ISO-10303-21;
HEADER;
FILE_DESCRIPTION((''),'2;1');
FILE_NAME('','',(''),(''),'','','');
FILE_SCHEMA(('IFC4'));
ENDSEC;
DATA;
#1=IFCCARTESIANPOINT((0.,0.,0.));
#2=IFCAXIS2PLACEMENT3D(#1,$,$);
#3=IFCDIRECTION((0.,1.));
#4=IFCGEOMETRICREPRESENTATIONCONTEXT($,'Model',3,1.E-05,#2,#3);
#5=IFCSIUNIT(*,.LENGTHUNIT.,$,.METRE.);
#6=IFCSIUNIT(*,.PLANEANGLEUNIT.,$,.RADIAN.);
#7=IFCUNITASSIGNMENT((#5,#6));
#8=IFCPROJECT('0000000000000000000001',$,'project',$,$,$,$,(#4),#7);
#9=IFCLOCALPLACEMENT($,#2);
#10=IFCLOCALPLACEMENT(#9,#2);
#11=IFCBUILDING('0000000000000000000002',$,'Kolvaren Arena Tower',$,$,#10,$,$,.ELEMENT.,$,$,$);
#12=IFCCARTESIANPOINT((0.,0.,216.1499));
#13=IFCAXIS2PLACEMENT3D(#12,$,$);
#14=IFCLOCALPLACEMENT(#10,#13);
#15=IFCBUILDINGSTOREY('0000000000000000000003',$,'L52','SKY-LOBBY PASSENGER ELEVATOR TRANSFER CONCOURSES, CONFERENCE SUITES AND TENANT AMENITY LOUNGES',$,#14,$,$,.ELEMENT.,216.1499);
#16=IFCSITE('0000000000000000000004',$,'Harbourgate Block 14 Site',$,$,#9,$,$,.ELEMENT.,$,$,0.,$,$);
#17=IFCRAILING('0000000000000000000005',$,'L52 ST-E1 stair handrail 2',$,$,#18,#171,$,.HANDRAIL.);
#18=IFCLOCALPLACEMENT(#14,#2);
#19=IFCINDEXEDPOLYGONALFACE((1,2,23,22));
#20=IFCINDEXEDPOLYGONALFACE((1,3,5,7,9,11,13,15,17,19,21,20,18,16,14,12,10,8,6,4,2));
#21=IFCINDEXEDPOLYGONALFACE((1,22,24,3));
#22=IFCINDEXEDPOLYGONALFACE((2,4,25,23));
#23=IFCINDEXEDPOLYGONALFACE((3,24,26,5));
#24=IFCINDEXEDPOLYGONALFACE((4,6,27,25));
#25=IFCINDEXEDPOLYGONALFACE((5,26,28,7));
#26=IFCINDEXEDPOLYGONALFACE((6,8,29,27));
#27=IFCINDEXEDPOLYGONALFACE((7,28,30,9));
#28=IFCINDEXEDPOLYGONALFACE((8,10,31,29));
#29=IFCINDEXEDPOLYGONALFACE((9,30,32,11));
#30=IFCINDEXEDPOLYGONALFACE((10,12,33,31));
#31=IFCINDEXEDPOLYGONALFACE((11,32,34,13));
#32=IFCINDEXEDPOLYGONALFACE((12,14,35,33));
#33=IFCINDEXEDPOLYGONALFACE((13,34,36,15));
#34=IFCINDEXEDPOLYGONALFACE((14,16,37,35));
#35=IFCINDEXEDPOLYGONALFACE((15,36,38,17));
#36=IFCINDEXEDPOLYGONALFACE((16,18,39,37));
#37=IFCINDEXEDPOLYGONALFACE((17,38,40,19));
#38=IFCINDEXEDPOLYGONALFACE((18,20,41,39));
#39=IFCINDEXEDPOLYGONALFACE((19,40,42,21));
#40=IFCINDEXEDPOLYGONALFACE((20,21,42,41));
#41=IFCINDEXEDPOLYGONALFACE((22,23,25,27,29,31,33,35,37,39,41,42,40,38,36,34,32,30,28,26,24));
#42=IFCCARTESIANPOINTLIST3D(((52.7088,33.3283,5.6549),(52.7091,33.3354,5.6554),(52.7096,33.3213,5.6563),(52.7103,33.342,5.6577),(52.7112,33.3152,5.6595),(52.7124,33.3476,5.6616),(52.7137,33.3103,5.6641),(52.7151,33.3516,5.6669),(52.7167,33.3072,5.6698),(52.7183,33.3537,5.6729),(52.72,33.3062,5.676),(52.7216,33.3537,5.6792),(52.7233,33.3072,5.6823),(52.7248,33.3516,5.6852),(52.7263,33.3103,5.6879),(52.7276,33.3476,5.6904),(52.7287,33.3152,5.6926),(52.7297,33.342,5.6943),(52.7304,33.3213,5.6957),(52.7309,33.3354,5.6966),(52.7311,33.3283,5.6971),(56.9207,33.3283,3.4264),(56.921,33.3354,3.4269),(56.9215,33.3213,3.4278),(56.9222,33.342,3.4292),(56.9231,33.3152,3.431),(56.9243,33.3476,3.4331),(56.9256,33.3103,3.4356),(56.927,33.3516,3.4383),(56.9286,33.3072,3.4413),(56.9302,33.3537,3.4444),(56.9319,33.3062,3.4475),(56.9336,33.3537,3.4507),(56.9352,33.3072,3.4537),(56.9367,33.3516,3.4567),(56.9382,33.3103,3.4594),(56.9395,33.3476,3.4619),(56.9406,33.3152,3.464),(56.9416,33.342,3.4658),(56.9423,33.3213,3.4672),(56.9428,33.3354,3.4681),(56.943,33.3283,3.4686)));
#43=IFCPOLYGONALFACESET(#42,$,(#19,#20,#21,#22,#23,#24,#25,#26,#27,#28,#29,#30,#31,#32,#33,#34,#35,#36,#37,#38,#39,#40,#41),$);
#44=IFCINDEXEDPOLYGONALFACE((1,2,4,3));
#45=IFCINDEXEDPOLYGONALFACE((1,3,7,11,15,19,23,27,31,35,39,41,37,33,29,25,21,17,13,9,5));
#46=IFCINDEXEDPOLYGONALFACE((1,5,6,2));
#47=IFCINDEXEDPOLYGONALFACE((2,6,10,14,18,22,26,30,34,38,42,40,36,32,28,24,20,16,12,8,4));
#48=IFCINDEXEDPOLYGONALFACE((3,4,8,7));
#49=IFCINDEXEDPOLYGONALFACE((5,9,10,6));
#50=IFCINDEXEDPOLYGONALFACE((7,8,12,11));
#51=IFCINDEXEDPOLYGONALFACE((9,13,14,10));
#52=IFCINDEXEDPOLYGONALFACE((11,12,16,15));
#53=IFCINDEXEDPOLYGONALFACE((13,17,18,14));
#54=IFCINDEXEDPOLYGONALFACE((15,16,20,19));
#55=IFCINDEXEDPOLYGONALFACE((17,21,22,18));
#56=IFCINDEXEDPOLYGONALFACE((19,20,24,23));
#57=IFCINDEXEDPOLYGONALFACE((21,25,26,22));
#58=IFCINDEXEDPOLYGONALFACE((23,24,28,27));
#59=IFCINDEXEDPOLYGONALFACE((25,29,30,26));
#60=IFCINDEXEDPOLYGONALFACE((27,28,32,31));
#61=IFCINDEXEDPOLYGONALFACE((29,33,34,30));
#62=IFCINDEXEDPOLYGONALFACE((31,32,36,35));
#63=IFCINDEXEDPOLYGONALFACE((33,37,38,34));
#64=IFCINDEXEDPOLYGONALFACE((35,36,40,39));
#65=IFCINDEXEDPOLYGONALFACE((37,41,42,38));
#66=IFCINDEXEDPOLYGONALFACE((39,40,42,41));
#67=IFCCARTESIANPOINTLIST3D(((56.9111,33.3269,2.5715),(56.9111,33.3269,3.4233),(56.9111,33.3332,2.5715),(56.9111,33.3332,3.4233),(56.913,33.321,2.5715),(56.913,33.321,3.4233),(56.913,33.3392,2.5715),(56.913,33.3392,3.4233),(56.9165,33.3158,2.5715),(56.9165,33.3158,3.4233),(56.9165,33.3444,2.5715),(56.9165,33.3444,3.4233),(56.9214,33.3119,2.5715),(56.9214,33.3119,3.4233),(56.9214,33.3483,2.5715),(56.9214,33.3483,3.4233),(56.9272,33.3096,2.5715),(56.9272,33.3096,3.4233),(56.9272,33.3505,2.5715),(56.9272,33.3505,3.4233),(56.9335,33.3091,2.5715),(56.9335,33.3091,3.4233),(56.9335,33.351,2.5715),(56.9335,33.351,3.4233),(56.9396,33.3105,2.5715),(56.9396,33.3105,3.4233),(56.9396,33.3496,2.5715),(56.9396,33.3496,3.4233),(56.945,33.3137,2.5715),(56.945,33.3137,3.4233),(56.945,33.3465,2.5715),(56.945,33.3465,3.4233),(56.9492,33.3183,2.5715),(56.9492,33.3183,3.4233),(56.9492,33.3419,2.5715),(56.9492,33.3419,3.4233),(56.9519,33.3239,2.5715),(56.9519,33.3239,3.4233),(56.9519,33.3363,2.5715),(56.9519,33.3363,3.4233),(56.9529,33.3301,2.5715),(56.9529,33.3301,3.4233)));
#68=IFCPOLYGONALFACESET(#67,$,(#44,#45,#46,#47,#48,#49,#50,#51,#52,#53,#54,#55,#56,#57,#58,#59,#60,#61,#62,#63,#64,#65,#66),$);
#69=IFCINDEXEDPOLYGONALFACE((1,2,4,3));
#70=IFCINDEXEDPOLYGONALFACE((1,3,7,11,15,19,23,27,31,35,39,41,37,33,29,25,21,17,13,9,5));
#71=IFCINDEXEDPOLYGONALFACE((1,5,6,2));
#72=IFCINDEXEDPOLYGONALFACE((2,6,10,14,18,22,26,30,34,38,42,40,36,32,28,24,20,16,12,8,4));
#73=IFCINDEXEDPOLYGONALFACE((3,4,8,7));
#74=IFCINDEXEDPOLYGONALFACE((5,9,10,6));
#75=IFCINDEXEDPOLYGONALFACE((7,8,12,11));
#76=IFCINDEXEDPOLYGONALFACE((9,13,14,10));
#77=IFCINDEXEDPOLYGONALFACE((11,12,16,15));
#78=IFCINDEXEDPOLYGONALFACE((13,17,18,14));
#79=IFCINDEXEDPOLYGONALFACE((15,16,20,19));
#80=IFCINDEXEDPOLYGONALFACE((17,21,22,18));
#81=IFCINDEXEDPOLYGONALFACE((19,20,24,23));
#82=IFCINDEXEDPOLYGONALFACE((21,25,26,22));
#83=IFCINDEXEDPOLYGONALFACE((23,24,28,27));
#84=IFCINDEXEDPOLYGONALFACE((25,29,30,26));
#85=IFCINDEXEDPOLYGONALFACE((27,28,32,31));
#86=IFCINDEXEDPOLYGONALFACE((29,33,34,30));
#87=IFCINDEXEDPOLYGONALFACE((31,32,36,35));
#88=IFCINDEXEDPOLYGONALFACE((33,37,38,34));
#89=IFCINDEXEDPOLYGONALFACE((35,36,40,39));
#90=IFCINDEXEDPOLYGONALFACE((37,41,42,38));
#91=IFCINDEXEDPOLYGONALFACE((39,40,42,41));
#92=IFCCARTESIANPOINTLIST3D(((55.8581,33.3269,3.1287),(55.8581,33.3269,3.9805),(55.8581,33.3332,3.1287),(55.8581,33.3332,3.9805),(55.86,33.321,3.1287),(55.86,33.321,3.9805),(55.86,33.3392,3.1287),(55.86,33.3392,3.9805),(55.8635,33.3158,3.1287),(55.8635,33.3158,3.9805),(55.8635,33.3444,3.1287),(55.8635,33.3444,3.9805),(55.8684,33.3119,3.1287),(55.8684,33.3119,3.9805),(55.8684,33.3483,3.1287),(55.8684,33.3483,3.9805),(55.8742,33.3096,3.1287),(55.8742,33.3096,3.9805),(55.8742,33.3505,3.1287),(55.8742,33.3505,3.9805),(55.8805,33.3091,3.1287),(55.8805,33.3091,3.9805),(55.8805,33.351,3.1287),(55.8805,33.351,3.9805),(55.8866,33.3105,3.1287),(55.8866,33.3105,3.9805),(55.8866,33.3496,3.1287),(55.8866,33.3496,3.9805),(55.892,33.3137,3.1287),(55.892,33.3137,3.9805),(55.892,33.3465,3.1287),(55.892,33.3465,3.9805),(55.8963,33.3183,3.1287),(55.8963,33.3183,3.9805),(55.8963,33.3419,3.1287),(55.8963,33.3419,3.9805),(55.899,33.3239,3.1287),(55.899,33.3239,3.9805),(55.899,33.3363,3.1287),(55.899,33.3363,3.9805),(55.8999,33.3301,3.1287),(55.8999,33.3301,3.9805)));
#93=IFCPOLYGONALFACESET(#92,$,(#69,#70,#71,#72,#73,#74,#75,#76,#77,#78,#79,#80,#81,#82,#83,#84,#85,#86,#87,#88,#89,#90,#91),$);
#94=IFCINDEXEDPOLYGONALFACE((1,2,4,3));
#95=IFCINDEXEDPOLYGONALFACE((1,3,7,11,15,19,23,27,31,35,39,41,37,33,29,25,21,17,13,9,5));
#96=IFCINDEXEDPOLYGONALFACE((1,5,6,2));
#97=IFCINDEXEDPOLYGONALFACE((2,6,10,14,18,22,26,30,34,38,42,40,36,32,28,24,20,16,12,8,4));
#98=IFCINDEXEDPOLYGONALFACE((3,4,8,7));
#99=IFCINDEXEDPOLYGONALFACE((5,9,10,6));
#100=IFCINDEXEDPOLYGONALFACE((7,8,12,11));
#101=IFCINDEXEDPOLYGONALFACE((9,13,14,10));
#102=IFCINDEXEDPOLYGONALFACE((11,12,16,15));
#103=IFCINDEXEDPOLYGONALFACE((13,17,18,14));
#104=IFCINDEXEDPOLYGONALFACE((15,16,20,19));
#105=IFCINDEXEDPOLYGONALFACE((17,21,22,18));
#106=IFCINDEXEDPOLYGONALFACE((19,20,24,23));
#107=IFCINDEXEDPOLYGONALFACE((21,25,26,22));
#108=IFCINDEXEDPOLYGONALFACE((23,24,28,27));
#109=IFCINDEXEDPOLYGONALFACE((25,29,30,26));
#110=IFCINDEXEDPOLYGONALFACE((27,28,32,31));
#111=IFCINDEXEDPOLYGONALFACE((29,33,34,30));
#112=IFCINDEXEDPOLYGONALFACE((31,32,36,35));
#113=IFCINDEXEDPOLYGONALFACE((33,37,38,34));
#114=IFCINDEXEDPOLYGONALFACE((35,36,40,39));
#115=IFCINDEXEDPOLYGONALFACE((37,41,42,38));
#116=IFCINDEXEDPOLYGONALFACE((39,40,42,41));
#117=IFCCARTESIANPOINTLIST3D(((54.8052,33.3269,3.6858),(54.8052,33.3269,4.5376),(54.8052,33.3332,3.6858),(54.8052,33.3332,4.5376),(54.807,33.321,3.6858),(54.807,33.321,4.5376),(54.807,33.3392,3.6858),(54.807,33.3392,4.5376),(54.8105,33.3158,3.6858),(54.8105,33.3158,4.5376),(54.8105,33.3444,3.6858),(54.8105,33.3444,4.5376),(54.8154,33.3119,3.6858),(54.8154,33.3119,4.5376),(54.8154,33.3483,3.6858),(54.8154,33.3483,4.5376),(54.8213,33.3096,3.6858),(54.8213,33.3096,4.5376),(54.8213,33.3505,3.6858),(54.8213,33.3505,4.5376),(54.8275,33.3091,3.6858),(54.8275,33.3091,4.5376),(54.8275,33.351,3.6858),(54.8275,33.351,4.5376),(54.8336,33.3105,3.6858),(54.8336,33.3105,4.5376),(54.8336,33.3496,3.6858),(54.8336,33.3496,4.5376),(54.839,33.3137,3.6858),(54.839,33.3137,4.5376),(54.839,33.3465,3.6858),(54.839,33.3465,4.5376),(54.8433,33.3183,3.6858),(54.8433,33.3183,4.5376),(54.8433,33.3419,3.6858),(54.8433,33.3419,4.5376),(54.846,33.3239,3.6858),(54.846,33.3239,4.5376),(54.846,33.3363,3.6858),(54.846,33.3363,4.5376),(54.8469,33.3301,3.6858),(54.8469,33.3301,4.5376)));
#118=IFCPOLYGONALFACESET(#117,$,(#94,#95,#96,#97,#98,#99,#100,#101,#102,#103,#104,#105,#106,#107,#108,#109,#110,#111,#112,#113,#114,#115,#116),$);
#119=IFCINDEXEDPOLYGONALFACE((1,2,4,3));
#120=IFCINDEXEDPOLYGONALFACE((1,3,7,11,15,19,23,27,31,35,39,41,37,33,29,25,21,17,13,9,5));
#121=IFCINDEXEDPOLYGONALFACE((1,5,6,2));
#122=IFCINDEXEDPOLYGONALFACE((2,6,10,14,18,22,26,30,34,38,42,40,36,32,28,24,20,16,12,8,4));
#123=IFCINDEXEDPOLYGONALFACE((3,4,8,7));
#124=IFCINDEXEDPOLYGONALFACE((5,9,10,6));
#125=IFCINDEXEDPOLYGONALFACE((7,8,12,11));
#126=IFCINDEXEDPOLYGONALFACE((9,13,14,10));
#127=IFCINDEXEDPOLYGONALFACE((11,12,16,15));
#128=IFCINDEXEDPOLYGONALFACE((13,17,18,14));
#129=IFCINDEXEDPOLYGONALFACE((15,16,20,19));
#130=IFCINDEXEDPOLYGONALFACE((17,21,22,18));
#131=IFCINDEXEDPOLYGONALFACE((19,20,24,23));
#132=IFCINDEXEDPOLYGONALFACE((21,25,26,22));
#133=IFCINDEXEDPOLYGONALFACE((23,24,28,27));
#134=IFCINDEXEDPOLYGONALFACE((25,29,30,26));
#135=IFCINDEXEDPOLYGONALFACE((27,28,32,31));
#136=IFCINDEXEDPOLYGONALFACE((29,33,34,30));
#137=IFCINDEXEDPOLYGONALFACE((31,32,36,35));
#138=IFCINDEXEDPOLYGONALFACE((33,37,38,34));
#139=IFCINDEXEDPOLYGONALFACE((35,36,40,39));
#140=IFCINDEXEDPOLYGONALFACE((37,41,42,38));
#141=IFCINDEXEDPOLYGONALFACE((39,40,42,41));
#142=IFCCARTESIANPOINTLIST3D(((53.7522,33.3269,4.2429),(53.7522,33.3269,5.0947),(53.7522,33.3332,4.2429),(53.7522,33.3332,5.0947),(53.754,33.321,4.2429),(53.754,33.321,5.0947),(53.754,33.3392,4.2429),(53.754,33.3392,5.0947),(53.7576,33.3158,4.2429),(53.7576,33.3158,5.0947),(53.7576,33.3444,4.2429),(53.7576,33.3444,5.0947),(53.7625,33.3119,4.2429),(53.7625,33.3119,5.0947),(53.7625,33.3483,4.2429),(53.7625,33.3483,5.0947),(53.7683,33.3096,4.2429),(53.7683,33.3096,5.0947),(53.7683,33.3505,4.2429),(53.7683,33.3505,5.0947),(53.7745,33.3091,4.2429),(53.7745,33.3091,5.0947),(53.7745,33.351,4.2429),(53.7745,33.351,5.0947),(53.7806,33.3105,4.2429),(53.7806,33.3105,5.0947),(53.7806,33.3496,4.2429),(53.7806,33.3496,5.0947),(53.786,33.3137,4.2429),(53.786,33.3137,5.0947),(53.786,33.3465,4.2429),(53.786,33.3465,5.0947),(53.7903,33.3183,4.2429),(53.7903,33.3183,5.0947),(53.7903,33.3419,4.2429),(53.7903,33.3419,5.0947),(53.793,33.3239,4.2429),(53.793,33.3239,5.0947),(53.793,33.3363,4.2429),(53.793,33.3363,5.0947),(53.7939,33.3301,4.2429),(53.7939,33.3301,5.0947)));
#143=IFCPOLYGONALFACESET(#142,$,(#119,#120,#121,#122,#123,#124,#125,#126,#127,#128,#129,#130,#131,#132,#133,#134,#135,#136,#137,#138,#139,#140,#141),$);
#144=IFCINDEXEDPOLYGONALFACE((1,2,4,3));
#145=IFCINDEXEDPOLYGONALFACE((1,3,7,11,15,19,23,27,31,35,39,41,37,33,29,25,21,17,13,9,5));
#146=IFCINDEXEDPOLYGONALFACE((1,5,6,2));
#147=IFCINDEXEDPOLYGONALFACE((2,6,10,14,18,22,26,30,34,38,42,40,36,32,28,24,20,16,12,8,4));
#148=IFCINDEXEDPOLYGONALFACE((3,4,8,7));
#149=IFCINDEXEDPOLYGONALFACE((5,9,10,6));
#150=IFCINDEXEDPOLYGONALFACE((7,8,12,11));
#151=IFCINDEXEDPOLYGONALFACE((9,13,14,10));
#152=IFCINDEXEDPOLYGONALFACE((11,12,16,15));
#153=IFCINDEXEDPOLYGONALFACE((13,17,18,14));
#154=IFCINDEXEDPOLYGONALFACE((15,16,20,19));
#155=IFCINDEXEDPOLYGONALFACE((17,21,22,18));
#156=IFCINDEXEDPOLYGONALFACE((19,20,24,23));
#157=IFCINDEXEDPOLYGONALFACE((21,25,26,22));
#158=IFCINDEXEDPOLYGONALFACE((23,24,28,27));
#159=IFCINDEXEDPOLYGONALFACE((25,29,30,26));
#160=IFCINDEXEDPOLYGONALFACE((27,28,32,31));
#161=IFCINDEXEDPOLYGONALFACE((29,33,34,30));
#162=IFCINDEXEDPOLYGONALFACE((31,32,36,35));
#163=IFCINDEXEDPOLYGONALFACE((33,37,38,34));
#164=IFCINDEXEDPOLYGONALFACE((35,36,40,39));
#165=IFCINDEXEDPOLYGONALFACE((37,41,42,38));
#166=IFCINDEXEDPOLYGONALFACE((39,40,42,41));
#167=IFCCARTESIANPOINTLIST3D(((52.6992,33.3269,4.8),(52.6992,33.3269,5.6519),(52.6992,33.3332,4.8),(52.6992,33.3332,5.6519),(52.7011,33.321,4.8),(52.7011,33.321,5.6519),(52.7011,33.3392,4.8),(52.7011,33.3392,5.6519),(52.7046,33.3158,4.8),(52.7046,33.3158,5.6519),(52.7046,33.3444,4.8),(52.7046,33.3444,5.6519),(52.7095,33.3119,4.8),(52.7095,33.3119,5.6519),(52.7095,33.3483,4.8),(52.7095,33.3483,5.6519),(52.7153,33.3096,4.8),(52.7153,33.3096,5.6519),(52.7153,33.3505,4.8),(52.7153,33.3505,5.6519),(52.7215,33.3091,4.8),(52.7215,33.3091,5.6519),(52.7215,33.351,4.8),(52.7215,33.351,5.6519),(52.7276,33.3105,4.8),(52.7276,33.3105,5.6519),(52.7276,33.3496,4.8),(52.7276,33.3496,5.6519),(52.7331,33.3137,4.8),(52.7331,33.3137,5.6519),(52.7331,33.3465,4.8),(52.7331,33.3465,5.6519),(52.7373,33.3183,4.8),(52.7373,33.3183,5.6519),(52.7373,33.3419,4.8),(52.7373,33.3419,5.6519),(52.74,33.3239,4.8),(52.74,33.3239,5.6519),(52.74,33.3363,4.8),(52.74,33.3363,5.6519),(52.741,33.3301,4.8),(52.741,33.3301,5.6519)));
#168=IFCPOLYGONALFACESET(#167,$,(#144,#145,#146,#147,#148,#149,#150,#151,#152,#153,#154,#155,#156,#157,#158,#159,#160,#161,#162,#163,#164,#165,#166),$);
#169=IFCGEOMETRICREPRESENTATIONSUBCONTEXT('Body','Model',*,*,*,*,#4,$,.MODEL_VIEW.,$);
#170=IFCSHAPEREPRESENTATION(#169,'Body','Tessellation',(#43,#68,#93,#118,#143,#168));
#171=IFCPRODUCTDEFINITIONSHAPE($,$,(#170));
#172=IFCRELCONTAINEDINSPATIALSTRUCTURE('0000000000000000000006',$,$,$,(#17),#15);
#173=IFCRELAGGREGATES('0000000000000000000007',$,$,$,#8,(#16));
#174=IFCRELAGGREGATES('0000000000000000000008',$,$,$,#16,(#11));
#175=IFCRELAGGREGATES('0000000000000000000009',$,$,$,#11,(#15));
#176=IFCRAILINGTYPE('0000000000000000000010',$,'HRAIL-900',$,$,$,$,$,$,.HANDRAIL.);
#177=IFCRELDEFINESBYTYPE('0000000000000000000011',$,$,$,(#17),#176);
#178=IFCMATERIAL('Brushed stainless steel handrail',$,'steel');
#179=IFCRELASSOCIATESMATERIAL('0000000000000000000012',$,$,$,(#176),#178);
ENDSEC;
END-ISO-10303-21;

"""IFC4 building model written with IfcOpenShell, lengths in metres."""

from ifc_helpers import new_model, si_unit, direction, frame, origin, origin_2d, place, context, subcontext, project, spatial, circle, extrude, material, type_object, element, save


model = new_model("IFC4")

# Units and contexts
model_context = context("Model", 3, precision=1e-05, world=origin(), true_north=direction((0.0, 1.0)))
body_context = subcontext(model_context, "Body", "Model", "MODEL_VIEW")
ifc_project = project(units=[si_unit("LENGTHUNIT", "METRE"), si_unit("PLANEANGLEUNIT", "RADIAN")], contexts=[model_context])

# Site, building, storey
site_placement = place(None, origin())
site = spatial("IfcSite", under=ifc_project, at=site_placement, Name="Harbourgate Block 14 Site", CompositionType="ELEMENT", RefElevation=0.0)
building_placement = place(site_placement, origin())
building = spatial("IfcBuilding", under=site, at=building_placement, Name="Kolvaren Arena Tower", CompositionType="ELEMENT")
storey_placement = place(building_placement, frame((0.0, 0.0, 216.1499)))
storey = spatial("IfcBuildingStorey", under=building, at=storey_placement, Name="L52", Description="SKY-LOBBY PASSENGER ELEVATOR TRANSFER CONCOURSES, CONFERENCE SUITES AND TENANT AMENITY LOUNGES", CompositionType="ELEMENT", Elevation=216.1499)

# Railing
ifc_material_1 = material(Name="Brushed stainless steel handrail", Category="steel")
railing_type_1 = type_object("IfcRailingType", Name="HRAIL-900", PredefinedType="HANDRAIL", material=ifc_material_1)
railing_1_placement = place(storey_placement, frame((56.9319, 33.3301, 2.5715)))
element("IfcRailing", 1, at=railing_1_placement, inside=storey, type_object=railing_type_1, Name="L52 ST-E1 stair handrail 2", PredefinedType="HANDRAIL", context=body_context, shape_type="SweptSolid", body=[
    extrude(circle(Radius=0.0239, at=origin_2d()), frame((0.0, 0.0, 0.876), z_axis=(-0.883903, 0.0, 0.467671), x_axis=(0.0, -1.0, 0.0)), (0.0, 0.0, 1.0), 4.7651),
    extrude(circle(Radius=0.021, at=origin_2d()), origin(), (0.0, 0.0, 1.0), 0.8518),
    extrude(circle(Radius=0.021, at=origin_2d()), frame((-1.053, 0.0, 0.5571)), (0.0, 0.0, 1.0), 0.8518),
    extrude(circle(Radius=0.021, at=origin_2d()), frame((-2.106, 0.0, 1.1143)), (0.0, 0.0, 1.0), 0.8518),
    extrude(circle(Radius=0.021, at=origin_2d()), frame((-3.1589, 0.0, 1.6714)), (0.0, 0.0, 1.0), 0.8518),
    extrude(circle(Radius=0.021, at=origin_2d()), frame((-4.2119, 0.0, 2.2285)), (0.0, 0.0, 1.0), 0.8518),
])

save(model, "model.ifc")
